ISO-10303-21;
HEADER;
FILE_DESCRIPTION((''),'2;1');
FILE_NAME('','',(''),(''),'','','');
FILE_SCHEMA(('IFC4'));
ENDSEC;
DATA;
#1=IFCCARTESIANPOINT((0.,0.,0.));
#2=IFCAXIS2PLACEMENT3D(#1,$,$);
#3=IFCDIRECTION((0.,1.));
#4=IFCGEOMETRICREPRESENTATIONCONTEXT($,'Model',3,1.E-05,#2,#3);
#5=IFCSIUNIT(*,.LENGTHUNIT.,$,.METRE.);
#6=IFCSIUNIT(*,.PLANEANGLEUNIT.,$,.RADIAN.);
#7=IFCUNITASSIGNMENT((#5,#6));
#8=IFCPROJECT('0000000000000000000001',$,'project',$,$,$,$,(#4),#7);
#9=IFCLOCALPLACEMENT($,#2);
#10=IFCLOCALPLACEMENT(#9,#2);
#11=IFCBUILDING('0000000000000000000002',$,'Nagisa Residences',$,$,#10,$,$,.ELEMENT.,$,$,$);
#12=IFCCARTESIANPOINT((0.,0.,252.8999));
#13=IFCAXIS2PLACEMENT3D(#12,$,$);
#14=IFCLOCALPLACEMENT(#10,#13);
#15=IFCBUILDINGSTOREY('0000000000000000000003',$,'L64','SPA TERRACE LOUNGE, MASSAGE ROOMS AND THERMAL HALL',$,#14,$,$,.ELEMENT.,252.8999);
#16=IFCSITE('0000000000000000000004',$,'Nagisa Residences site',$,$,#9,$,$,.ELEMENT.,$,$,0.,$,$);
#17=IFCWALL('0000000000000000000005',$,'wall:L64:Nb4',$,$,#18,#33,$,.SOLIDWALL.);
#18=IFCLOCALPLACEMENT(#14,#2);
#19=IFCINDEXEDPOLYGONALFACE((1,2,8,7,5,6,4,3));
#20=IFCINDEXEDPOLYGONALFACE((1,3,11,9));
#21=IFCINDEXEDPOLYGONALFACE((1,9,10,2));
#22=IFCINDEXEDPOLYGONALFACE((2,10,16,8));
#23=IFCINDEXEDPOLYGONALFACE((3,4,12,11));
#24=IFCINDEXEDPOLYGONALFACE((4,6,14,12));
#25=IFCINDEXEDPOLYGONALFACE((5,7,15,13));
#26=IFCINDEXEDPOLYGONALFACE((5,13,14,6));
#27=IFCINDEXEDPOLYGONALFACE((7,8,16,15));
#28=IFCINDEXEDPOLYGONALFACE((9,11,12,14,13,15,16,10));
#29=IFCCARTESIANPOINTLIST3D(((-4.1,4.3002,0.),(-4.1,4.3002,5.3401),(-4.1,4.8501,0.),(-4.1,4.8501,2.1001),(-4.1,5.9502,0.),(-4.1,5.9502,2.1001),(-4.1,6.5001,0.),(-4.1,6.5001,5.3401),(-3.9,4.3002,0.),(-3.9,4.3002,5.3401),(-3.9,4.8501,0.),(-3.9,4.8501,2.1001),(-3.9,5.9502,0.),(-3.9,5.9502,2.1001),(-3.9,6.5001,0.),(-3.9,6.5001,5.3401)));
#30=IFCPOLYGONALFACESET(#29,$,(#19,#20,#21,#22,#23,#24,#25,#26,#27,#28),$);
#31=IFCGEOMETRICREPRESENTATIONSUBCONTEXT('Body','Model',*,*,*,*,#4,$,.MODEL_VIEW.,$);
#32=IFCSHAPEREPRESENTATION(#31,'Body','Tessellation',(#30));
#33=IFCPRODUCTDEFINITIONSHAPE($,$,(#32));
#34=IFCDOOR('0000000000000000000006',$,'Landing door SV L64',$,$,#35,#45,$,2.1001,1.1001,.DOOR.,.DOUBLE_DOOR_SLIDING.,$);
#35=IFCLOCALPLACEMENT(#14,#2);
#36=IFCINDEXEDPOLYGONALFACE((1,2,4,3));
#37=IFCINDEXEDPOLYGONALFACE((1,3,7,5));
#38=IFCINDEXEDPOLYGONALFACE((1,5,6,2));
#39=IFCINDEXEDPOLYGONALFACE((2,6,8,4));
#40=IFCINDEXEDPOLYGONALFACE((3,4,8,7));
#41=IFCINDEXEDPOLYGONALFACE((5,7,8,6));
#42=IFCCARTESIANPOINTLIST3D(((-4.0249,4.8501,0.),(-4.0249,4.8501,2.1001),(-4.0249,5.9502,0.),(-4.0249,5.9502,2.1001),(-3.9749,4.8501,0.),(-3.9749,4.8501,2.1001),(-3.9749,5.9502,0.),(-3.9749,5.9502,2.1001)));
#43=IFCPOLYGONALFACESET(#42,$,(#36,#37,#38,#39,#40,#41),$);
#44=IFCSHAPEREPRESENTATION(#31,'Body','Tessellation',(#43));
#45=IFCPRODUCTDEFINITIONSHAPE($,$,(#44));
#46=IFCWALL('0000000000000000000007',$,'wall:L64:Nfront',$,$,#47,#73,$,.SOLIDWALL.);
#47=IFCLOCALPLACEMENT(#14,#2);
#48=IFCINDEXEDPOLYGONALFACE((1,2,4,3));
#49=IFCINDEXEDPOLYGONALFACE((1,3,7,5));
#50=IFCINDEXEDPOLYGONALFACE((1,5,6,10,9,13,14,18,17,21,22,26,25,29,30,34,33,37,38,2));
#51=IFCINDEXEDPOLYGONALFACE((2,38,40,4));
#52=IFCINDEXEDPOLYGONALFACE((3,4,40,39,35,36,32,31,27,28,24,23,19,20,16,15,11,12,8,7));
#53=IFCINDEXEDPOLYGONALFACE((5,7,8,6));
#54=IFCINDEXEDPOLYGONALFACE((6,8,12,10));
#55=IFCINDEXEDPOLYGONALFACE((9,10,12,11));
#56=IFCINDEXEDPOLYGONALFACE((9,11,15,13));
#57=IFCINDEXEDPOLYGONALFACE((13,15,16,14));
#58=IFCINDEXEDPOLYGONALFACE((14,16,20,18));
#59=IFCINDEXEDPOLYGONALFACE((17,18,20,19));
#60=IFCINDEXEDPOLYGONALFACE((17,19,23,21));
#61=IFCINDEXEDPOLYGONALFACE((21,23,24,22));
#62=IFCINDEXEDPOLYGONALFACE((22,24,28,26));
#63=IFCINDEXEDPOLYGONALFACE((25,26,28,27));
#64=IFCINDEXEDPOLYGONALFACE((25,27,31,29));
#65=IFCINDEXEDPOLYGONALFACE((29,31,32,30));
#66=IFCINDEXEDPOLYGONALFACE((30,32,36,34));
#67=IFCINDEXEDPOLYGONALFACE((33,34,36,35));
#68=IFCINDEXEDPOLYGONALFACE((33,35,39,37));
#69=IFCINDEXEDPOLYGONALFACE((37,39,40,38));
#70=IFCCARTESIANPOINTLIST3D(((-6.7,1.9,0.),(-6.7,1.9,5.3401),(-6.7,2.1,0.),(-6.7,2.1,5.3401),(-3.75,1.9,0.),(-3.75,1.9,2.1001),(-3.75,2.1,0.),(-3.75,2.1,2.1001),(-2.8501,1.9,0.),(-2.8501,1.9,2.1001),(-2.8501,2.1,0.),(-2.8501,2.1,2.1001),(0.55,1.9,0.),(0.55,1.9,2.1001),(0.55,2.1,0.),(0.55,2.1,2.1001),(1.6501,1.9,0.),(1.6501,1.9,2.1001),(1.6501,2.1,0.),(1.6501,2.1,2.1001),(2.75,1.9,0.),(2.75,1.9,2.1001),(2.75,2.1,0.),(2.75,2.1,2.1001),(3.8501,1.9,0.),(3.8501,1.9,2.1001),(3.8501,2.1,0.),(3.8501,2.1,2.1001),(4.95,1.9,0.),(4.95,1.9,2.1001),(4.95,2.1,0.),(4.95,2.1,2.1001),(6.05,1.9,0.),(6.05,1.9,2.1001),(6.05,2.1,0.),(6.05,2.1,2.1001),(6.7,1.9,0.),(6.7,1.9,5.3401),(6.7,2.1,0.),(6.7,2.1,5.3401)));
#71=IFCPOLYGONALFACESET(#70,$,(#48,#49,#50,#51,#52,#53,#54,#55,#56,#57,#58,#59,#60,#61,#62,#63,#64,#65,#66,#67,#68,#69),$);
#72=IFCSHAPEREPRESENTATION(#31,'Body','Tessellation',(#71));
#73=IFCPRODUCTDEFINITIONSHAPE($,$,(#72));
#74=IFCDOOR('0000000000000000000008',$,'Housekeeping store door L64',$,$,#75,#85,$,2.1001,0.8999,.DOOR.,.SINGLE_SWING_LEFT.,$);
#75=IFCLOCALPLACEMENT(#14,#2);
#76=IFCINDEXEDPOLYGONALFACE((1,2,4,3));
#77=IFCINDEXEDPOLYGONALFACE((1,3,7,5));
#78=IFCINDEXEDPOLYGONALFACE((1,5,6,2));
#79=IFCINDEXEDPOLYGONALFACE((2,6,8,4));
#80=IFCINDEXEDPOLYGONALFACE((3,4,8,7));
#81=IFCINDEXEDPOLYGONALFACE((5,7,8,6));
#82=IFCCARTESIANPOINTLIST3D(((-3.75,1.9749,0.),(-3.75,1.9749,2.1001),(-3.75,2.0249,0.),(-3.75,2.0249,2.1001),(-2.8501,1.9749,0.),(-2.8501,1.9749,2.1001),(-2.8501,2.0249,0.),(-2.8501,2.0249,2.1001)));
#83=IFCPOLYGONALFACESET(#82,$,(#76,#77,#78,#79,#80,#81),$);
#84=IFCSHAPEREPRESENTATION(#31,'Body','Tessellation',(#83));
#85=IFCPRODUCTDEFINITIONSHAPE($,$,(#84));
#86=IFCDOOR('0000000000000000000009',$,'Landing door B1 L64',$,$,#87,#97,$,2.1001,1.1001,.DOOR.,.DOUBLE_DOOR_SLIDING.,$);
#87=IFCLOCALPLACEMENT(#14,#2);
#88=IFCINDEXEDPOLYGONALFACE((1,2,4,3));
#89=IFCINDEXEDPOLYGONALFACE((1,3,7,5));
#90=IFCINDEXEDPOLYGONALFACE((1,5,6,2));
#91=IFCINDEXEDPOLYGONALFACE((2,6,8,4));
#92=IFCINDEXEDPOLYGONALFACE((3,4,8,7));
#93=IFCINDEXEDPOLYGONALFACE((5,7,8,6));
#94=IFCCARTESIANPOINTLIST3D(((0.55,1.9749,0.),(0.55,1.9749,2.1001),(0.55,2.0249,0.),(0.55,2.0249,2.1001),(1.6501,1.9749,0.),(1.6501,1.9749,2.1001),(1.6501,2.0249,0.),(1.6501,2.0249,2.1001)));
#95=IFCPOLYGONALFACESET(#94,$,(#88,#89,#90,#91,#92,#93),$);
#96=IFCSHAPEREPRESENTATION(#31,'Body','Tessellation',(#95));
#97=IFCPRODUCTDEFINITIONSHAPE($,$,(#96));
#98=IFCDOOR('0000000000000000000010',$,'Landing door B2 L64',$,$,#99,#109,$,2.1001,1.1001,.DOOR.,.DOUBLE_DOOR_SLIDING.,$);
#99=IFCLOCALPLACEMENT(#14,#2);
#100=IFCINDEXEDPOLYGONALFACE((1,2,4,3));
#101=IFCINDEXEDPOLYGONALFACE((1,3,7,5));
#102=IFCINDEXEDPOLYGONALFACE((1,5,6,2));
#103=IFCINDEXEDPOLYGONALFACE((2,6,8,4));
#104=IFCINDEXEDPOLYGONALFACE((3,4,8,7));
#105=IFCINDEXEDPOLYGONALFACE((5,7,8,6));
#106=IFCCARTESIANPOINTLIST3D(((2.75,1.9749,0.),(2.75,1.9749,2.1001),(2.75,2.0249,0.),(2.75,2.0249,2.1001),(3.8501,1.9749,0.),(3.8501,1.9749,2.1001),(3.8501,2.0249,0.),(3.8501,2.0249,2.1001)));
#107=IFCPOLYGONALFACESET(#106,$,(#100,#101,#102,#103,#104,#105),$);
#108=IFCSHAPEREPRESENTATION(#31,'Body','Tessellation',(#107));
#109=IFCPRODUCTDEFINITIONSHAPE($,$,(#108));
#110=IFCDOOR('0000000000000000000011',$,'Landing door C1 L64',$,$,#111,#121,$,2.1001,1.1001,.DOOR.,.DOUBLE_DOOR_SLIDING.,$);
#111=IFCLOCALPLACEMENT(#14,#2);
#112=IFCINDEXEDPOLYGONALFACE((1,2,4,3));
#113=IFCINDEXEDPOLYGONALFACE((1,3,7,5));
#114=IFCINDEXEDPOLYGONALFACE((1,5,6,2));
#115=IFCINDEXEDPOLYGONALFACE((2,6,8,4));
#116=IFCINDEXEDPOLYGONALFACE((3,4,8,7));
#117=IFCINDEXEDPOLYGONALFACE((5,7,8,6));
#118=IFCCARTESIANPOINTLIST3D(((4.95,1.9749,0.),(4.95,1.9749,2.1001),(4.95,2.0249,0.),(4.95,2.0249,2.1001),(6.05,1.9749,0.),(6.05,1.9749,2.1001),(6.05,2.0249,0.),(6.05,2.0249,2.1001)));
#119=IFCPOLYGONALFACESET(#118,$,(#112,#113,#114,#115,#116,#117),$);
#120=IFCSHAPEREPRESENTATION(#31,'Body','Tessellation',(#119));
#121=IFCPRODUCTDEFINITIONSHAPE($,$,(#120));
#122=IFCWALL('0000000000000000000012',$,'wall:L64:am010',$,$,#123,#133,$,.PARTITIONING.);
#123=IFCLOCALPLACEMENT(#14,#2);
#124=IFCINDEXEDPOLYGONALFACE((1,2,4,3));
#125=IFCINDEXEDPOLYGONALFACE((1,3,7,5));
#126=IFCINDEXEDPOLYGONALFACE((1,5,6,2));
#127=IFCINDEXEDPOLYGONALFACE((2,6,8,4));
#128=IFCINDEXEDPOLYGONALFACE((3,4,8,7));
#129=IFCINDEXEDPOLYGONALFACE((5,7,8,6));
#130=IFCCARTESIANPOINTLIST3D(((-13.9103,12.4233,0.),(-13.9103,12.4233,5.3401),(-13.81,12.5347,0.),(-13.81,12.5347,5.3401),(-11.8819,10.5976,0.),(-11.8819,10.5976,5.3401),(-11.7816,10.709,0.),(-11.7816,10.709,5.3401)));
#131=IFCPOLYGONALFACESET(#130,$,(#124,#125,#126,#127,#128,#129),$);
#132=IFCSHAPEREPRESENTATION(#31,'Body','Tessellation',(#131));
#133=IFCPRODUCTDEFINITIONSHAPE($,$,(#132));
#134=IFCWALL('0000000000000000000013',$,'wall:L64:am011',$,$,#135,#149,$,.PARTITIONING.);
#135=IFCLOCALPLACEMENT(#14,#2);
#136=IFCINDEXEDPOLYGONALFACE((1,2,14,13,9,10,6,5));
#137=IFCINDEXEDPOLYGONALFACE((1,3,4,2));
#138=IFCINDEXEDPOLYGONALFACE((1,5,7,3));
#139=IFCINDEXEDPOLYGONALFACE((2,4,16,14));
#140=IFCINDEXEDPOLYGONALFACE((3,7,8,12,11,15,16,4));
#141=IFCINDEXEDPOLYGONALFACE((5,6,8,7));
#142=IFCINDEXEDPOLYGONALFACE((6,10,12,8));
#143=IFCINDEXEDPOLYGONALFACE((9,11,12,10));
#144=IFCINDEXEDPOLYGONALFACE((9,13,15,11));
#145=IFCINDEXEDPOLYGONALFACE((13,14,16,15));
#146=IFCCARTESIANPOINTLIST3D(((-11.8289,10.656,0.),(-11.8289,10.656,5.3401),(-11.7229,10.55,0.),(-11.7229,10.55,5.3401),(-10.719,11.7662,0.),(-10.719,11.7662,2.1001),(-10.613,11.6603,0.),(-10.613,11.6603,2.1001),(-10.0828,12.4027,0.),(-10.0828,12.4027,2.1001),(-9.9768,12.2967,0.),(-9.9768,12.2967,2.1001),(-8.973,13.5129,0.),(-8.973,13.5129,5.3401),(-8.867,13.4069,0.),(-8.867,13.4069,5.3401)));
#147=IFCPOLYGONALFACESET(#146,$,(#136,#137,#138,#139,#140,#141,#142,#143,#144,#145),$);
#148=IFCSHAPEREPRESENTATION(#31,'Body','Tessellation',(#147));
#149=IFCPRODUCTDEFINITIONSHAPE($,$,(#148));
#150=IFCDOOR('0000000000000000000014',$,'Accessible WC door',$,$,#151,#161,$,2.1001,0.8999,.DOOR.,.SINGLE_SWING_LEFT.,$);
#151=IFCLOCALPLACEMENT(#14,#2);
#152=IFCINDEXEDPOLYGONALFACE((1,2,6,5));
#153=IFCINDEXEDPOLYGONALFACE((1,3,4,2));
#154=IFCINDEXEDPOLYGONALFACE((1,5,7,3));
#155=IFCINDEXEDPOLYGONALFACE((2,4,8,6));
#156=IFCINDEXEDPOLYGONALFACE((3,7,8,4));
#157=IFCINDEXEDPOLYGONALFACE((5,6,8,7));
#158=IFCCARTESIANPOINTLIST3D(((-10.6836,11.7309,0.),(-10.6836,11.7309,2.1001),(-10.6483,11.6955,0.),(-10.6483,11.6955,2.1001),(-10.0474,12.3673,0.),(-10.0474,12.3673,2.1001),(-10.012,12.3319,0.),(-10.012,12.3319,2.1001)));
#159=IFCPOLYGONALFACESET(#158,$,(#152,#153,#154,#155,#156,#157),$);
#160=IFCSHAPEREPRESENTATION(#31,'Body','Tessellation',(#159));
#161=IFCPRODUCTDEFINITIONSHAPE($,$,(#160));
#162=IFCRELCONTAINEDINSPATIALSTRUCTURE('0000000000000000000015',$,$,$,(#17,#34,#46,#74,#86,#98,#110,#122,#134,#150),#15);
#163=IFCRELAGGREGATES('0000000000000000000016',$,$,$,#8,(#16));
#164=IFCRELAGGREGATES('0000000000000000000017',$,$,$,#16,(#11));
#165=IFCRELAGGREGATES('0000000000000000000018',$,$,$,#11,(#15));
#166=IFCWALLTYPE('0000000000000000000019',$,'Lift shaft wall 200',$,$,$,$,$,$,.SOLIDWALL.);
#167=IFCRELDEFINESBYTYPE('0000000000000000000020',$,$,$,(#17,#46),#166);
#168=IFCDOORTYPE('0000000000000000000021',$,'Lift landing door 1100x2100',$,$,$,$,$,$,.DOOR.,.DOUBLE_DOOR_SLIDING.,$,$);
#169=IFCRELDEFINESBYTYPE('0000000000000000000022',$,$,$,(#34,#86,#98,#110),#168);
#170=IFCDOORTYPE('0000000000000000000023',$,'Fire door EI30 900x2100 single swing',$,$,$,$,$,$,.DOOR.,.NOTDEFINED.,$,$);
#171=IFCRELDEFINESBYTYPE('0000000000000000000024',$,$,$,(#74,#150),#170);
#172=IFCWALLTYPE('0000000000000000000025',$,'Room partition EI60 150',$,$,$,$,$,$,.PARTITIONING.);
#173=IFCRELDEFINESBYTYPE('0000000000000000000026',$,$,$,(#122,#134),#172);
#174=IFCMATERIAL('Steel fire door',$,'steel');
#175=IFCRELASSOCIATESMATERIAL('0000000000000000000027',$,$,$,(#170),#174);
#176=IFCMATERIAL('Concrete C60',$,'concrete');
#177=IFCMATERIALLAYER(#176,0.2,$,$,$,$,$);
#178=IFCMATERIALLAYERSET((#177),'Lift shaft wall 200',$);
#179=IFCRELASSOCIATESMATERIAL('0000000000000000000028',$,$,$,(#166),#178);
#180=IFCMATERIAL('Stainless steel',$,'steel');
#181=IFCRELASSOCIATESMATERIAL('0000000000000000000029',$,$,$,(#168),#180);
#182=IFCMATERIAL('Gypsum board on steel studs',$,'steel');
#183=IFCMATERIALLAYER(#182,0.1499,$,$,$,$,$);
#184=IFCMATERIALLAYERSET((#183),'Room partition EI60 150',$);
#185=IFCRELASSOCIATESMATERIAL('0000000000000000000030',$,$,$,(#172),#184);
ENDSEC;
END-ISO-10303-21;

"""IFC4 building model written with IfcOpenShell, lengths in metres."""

from ifc_helpers import new_model, si_unit, direction, frame, frame_2d, origin, place, context, subcontext, project, spatial, rectangle, extrude, material, layer, layer_set, type_object, element, fill, save


model = new_model("IFC4")

# Units and contexts
model_context = context("Model", 3, precision=1e-05, world=origin(), true_north=direction((0.0, 1.0)))
body_context = subcontext(model_context, "Body", "Model", "MODEL_VIEW")
ifc_project = project(units=[si_unit("LENGTHUNIT", "METRE"), si_unit("PLANEANGLEUNIT", "RADIAN")], contexts=[model_context])

# Site, building, storey
site_placement = place(None, origin())
site = spatial("IfcSite", under=ifc_project, at=site_placement, Name="Nagisa Residences site", CompositionType="ELEMENT", RefElevation=0.0)
building_placement = place(site_placement, origin())
building = spatial("IfcBuilding", under=site, at=building_placement, Name="Nagisa Residences", CompositionType="ELEMENT")
storey_placement = place(building_placement, frame((0.0, 0.0, 252.8999)))
storey = spatial("IfcBuildingStorey", under=building, at=storey_placement, Name="L64", Description="SPA TERRACE LOUNGE, MASSAGE ROOMS AND THERMAL HALL", CompositionType="ELEMENT", Elevation=252.8999)

# Shared definitions
ifc_material_1 = material(Name="Steel fire door", Category="steel")
door_type_1 = type_object("IfcDoorType", Name="Fire door EI30 900x2100 single swing", OperationType="NOTDEFINED", PredefinedType="DOOR", material=ifc_material_1)

# Wall, opening, door
ifc_material_2 = material(Name="Concrete C60", Category="concrete")
ifc_layer_1 = layer(ifc_material_2, 0.2)
ifc_layer_set_1 = layer_set([ifc_layer_1], Name="Lift shaft wall 200")
wall_type_1 = type_object("IfcWallType", Name="Lift shaft wall 200", PredefinedType="SOLIDWALL", material=ifc_layer_set_1)
wall_1_placement = place(storey_placement, frame((-4.0, 4.3, 0.0), z_axis=(0.0, 0.0, 1.0), x_axis=(0.0, 1.0, 0.0)))
wall_1 = element("IfcWall", 1, at=wall_1_placement, inside=storey, type_object=wall_type_1, Name="wall:L64:Nb4", PredefinedType="SOLIDWALL", context=body_context, shape_type="SweptSolid", body=[
    extrude(rectangle(XDim=2.2, YDim=0.2, at=frame_2d((1.1001, 0.0))), origin(), (0.0, 0.0, 1.0), 5.3401),
])
opening_1_placement = place(wall_1_placement, frame((0.55, 0.0, 0.0)))
opening_1 = element("IfcOpeningElement", 2, at=opening_1_placement, cuts=wall_1, PredefinedType="OPENING", context=body_context, shape_type="SweptSolid", body=[
    extrude(rectangle(XDim=1.1001, YDim=2.1001, at=frame_2d((0.55, 1.05))), frame((0.0, 0.1099, 0.0), z_axis=(0.0, -1.0, 0.0), x_axis=(1.0, 0.0, 0.0)), (0.0, 0.0, 1.0), 0.22),
])
ifc_material_3 = material(Name="Stainless steel", Category="steel")
door_type_2 = type_object("IfcDoorType", Name="Lift landing door 1100x2100", OperationType="DOUBLE_DOOR_SLIDING", PredefinedType="DOOR", material=ifc_material_3)
door_1_placement = place(opening_1_placement, origin())
door_1 = element("IfcDoor", 3, at=door_1_placement, inside=storey, type_object=door_type_2, Name="Landing door SV L64", OperationType="DOUBLE_DOOR_SLIDING", OverallHeight=2.1001, OverallWidth=1.1001, PredefinedType="DOOR", context=body_context, shape_type="SweptSolid", body=[
    extrude(rectangle(XDim=1.1001, YDim=2.1001, at=frame_2d((0.55, 1.05))), frame((0.0, 0.0249, 0.0), z_axis=(0.0, -1.0, 0.0), x_axis=(1.0, 0.0, 0.0)), (0.0, 0.0, 1.0), 0.05),
])
fill(opening_1, door_1)

# Wall, openings, doors
wall_2_placement = place(storey_placement, frame((-6.7, 2.0, 0.0), z_axis=(0.0, 0.0, 1.0), x_axis=(1.0, 0.0, 0.0)))
wall_2 = element("IfcWall", 4, at=wall_2_placement, inside=storey, type_object=wall_type_1, Name="wall:L64:Nfront", PredefinedType="SOLIDWALL", context=body_context, shape_type="SweptSolid", body=[
    extrude(rectangle(XDim=13.3999, YDim=0.2, at=frame_2d((6.7, 0.0))), origin(), (0.0, 0.0, 1.0), 5.3401),
])
opening_2_placement = place(wall_2_placement, frame((7.25, 0.0, 0.0)))
opening_2 = element("IfcOpeningElement", 5, at=opening_2_placement, cuts=wall_2, PredefinedType="OPENING", context=body_context, shape_type="SweptSolid", body=[
    extrude(rectangle(XDim=1.1001, YDim=2.1001, at=frame_2d((0.55, 1.05))), frame((0.0, 0.1099, 0.0), z_axis=(0.0, -1.0, 0.0), x_axis=(1.0, 0.0, 0.0)), (0.0, 0.0, 1.0), 0.22),
])
opening_3_placement = place(wall_2_placement, frame((9.45, 0.0, 0.0)))
opening_3 = element("IfcOpeningElement", 6, at=opening_3_placement, cuts=wall_2, PredefinedType="OPENING", context=body_context, shape_type="SweptSolid", body=[
    extrude(rectangle(XDim=1.1001, YDim=2.1001, at=frame_2d((0.55, 1.05))), frame((0.0, 0.1099, 0.0), z_axis=(0.0, -1.0, 0.0), x_axis=(1.0, 0.0, 0.0)), (0.0, 0.0, 1.0), 0.22),
])
opening_4_placement = place(wall_2_placement, frame((11.6499, 0.0, 0.0)))
opening_4 = element("IfcOpeningElement", 7, at=opening_4_placement, cuts=wall_2, PredefinedType="OPENING", context=body_context, shape_type="SweptSolid", body=[
    extrude(rectangle(XDim=1.1001, YDim=2.1001, at=frame_2d((0.55, 1.05))), frame((0.0, 0.1099, 0.0), z_axis=(0.0, -1.0, 0.0), x_axis=(1.0, 0.0, 0.0)), (0.0, 0.0, 1.0), 0.22),
])
opening_5_placement = place(wall_2_placement, frame((2.95, 0.0, 0.0)))
opening_5 = element("IfcOpeningElement", 8, at=opening_5_placement, cuts=wall_2, PredefinedType="OPENING", context=body_context, shape_type="SweptSolid", body=[
    extrude(rectangle(XDim=0.8999, YDim=2.1001, at=frame_2d((0.45, 1.05))), frame((0.0, 0.1099, 0.0), z_axis=(0.0, -1.0, 0.0), x_axis=(1.0, 0.0, 0.0)), (0.0, 0.0, 1.0), 0.22),
])
door_2_placement = place(opening_5_placement, origin())
door_2 = element("IfcDoor", 9, at=door_2_placement, inside=storey, type_object=door_type_1, Name="Housekeeping store door L64", OperationType="SINGLE_SWING_LEFT", OverallHeight=2.1001, OverallWidth=0.8999, PredefinedType="DOOR", context=body_context, shape_type="SweptSolid", body=[
    extrude(rectangle(XDim=0.8999, YDim=2.1001, at=frame_2d((0.45, 1.05))), frame((0.0, 0.0249, 0.0), z_axis=(0.0, -1.0, 0.0), x_axis=(1.0, 0.0, 0.0)), (0.0, 0.0, 1.0), 0.05),
])
fill(opening_5, door_2)
door_3_placement = place(opening_2_placement, origin())
door_3 = element("IfcDoor", 10, at=door_3_placement, inside=storey, type_object=door_type_2, Name="Landing door B1 L64", OperationType="DOUBLE_DOOR_SLIDING", OverallHeight=2.1001, OverallWidth=1.1001, PredefinedType="DOOR", context=body_context, shape_type="SweptSolid", body=[
    extrude(rectangle(XDim=1.1001, YDim=2.1001, at=frame_2d((0.55, 1.05))), frame((0.0, 0.0249, 0.0), z_axis=(0.0, -1.0, 0.0), x_axis=(1.0, 0.0, 0.0)), (0.0, 0.0, 1.0), 0.05),
])
fill(opening_2, door_3)
door_4_placement = place(opening_3_placement, origin())
door_4 = element("IfcDoor", 11, at=door_4_placement, inside=storey, type_object=door_type_2, Name="Landing door B2 L64", OperationType="DOUBLE_DOOR_SLIDING", OverallHeight=2.1001, OverallWidth=1.1001, PredefinedType="DOOR", context=body_context, shape_type="SweptSolid", body=[
    extrude(rectangle(XDim=1.1001, YDim=2.1001, at=frame_2d((0.55, 1.05))), frame((0.0, 0.0249, 0.0), z_axis=(0.0, -1.0, 0.0), x_axis=(1.0, 0.0, 0.0)), (0.0, 0.0, 1.0), 0.05),
])
fill(opening_3, door_4)
door_5_placement = place(opening_4_placement, origin())
door_5 = element("IfcDoor", 12, at=door_5_placement, inside=storey, type_object=door_type_2, Name="Landing door C1 L64", OperationType="DOUBLE_DOOR_SLIDING", OverallHeight=2.1001, OverallWidth=1.1001, PredefinedType="DOOR", context=body_context, shape_type="SweptSolid", body=[
    extrude(rectangle(XDim=1.1001, YDim=2.1001, at=frame_2d((0.55, 1.05))), frame((0.0, 0.0249, 0.0), z_axis=(0.0, -1.0, 0.0), x_axis=(1.0, 0.0, 0.0)), (0.0, 0.0, 1.0), 0.05),
])
fill(opening_4, door_5)

# Wall
ifc_material_4 = material(Name="Gypsum board on steel studs", Category="steel")
ifc_layer_2 = layer(ifc_material_4, 0.1499)
ifc_layer_set_2 = layer_set([ifc_layer_2], Name="Room partition EI60 150")
wall_type_2 = type_object("IfcWallType", Name="Room partition EI60 150", PredefinedType="PARTITIONING", material=ifc_layer_set_2)
wall_3_placement = place(storey_placement, frame((-11.8318, 10.6533, 0.0), z_axis=(0.0, 0.0, 1.0), x_axis=(-0.743259, 0.669004, 0.0)))
element("IfcWall", 13, at=wall_3_placement, inside=storey, type_object=wall_type_2, Name="wall:L64:am010", PredefinedType="PARTITIONING", context=body_context, shape_type="SweptSolid", body=[
    extrude(rectangle(XDim=2.729, YDim=0.1499, at=frame_2d((1.3645, 0.0))), origin(), (0.0, 0.0, 1.0), 5.3401),
])

# Wall, opening, door
wall_4_placement = place(storey_placement, frame((-11.7759, 10.603, 0.0), z_axis=(0.0, 0.0, 1.0), x_axis=(0.706986, 0.707228, 0.0)))
wall_4 = element("IfcWall", 14, at=wall_4_placement, inside=storey, type_object=wall_type_2, Name="wall:L64:am011", PredefinedType="PARTITIONING", context=body_context, shape_type="SweptSolid", body=[
    extrude(rectangle(XDim=4.0396, YDim=0.1499, at=frame_2d((2.0198, 0.0))), origin(), (0.0, 0.0, 1.0), 5.3401),
])
opening_6_placement = place(wall_4_placement, frame((1.5698, 0.0, 0.0)))
opening_6 = element("IfcOpeningElement", 15, at=opening_6_placement, cuts=wall_4, PredefinedType="OPENING", context=body_context, shape_type="SweptSolid", body=[
    extrude(rectangle(XDim=0.8999, YDim=2.1001, at=frame_2d((0.45, 1.05))), frame((0.0, 0.085, 0.0), z_axis=(0.0, -1.0, 0.0), x_axis=(1.0, 0.0, 0.0)), (0.0, 0.0, 1.0), 0.1699),
])
door_6_placement = place(opening_6_placement, origin())
door_6 = element("IfcDoor", 16, at=door_6_placement, inside=storey, type_object=door_type_1, Name="Accessible WC door", OperationType="SINGLE_SWING_LEFT", OverallHeight=2.1001, OverallWidth=0.8999, PredefinedType="DOOR", context=body_context, shape_type="SweptSolid", body=[
    extrude(rectangle(XDim=0.8999, YDim=2.1001, at=frame_2d((0.45, 1.05))), frame((0.0, 0.0249, 0.0), z_axis=(0.0, -1.0, 0.0), x_axis=(1.0, 0.0, 0.0)), (0.0, 0.0, 1.0), 0.05),
])
fill(opening_6, door_6)

save(model, "model.ifc")
